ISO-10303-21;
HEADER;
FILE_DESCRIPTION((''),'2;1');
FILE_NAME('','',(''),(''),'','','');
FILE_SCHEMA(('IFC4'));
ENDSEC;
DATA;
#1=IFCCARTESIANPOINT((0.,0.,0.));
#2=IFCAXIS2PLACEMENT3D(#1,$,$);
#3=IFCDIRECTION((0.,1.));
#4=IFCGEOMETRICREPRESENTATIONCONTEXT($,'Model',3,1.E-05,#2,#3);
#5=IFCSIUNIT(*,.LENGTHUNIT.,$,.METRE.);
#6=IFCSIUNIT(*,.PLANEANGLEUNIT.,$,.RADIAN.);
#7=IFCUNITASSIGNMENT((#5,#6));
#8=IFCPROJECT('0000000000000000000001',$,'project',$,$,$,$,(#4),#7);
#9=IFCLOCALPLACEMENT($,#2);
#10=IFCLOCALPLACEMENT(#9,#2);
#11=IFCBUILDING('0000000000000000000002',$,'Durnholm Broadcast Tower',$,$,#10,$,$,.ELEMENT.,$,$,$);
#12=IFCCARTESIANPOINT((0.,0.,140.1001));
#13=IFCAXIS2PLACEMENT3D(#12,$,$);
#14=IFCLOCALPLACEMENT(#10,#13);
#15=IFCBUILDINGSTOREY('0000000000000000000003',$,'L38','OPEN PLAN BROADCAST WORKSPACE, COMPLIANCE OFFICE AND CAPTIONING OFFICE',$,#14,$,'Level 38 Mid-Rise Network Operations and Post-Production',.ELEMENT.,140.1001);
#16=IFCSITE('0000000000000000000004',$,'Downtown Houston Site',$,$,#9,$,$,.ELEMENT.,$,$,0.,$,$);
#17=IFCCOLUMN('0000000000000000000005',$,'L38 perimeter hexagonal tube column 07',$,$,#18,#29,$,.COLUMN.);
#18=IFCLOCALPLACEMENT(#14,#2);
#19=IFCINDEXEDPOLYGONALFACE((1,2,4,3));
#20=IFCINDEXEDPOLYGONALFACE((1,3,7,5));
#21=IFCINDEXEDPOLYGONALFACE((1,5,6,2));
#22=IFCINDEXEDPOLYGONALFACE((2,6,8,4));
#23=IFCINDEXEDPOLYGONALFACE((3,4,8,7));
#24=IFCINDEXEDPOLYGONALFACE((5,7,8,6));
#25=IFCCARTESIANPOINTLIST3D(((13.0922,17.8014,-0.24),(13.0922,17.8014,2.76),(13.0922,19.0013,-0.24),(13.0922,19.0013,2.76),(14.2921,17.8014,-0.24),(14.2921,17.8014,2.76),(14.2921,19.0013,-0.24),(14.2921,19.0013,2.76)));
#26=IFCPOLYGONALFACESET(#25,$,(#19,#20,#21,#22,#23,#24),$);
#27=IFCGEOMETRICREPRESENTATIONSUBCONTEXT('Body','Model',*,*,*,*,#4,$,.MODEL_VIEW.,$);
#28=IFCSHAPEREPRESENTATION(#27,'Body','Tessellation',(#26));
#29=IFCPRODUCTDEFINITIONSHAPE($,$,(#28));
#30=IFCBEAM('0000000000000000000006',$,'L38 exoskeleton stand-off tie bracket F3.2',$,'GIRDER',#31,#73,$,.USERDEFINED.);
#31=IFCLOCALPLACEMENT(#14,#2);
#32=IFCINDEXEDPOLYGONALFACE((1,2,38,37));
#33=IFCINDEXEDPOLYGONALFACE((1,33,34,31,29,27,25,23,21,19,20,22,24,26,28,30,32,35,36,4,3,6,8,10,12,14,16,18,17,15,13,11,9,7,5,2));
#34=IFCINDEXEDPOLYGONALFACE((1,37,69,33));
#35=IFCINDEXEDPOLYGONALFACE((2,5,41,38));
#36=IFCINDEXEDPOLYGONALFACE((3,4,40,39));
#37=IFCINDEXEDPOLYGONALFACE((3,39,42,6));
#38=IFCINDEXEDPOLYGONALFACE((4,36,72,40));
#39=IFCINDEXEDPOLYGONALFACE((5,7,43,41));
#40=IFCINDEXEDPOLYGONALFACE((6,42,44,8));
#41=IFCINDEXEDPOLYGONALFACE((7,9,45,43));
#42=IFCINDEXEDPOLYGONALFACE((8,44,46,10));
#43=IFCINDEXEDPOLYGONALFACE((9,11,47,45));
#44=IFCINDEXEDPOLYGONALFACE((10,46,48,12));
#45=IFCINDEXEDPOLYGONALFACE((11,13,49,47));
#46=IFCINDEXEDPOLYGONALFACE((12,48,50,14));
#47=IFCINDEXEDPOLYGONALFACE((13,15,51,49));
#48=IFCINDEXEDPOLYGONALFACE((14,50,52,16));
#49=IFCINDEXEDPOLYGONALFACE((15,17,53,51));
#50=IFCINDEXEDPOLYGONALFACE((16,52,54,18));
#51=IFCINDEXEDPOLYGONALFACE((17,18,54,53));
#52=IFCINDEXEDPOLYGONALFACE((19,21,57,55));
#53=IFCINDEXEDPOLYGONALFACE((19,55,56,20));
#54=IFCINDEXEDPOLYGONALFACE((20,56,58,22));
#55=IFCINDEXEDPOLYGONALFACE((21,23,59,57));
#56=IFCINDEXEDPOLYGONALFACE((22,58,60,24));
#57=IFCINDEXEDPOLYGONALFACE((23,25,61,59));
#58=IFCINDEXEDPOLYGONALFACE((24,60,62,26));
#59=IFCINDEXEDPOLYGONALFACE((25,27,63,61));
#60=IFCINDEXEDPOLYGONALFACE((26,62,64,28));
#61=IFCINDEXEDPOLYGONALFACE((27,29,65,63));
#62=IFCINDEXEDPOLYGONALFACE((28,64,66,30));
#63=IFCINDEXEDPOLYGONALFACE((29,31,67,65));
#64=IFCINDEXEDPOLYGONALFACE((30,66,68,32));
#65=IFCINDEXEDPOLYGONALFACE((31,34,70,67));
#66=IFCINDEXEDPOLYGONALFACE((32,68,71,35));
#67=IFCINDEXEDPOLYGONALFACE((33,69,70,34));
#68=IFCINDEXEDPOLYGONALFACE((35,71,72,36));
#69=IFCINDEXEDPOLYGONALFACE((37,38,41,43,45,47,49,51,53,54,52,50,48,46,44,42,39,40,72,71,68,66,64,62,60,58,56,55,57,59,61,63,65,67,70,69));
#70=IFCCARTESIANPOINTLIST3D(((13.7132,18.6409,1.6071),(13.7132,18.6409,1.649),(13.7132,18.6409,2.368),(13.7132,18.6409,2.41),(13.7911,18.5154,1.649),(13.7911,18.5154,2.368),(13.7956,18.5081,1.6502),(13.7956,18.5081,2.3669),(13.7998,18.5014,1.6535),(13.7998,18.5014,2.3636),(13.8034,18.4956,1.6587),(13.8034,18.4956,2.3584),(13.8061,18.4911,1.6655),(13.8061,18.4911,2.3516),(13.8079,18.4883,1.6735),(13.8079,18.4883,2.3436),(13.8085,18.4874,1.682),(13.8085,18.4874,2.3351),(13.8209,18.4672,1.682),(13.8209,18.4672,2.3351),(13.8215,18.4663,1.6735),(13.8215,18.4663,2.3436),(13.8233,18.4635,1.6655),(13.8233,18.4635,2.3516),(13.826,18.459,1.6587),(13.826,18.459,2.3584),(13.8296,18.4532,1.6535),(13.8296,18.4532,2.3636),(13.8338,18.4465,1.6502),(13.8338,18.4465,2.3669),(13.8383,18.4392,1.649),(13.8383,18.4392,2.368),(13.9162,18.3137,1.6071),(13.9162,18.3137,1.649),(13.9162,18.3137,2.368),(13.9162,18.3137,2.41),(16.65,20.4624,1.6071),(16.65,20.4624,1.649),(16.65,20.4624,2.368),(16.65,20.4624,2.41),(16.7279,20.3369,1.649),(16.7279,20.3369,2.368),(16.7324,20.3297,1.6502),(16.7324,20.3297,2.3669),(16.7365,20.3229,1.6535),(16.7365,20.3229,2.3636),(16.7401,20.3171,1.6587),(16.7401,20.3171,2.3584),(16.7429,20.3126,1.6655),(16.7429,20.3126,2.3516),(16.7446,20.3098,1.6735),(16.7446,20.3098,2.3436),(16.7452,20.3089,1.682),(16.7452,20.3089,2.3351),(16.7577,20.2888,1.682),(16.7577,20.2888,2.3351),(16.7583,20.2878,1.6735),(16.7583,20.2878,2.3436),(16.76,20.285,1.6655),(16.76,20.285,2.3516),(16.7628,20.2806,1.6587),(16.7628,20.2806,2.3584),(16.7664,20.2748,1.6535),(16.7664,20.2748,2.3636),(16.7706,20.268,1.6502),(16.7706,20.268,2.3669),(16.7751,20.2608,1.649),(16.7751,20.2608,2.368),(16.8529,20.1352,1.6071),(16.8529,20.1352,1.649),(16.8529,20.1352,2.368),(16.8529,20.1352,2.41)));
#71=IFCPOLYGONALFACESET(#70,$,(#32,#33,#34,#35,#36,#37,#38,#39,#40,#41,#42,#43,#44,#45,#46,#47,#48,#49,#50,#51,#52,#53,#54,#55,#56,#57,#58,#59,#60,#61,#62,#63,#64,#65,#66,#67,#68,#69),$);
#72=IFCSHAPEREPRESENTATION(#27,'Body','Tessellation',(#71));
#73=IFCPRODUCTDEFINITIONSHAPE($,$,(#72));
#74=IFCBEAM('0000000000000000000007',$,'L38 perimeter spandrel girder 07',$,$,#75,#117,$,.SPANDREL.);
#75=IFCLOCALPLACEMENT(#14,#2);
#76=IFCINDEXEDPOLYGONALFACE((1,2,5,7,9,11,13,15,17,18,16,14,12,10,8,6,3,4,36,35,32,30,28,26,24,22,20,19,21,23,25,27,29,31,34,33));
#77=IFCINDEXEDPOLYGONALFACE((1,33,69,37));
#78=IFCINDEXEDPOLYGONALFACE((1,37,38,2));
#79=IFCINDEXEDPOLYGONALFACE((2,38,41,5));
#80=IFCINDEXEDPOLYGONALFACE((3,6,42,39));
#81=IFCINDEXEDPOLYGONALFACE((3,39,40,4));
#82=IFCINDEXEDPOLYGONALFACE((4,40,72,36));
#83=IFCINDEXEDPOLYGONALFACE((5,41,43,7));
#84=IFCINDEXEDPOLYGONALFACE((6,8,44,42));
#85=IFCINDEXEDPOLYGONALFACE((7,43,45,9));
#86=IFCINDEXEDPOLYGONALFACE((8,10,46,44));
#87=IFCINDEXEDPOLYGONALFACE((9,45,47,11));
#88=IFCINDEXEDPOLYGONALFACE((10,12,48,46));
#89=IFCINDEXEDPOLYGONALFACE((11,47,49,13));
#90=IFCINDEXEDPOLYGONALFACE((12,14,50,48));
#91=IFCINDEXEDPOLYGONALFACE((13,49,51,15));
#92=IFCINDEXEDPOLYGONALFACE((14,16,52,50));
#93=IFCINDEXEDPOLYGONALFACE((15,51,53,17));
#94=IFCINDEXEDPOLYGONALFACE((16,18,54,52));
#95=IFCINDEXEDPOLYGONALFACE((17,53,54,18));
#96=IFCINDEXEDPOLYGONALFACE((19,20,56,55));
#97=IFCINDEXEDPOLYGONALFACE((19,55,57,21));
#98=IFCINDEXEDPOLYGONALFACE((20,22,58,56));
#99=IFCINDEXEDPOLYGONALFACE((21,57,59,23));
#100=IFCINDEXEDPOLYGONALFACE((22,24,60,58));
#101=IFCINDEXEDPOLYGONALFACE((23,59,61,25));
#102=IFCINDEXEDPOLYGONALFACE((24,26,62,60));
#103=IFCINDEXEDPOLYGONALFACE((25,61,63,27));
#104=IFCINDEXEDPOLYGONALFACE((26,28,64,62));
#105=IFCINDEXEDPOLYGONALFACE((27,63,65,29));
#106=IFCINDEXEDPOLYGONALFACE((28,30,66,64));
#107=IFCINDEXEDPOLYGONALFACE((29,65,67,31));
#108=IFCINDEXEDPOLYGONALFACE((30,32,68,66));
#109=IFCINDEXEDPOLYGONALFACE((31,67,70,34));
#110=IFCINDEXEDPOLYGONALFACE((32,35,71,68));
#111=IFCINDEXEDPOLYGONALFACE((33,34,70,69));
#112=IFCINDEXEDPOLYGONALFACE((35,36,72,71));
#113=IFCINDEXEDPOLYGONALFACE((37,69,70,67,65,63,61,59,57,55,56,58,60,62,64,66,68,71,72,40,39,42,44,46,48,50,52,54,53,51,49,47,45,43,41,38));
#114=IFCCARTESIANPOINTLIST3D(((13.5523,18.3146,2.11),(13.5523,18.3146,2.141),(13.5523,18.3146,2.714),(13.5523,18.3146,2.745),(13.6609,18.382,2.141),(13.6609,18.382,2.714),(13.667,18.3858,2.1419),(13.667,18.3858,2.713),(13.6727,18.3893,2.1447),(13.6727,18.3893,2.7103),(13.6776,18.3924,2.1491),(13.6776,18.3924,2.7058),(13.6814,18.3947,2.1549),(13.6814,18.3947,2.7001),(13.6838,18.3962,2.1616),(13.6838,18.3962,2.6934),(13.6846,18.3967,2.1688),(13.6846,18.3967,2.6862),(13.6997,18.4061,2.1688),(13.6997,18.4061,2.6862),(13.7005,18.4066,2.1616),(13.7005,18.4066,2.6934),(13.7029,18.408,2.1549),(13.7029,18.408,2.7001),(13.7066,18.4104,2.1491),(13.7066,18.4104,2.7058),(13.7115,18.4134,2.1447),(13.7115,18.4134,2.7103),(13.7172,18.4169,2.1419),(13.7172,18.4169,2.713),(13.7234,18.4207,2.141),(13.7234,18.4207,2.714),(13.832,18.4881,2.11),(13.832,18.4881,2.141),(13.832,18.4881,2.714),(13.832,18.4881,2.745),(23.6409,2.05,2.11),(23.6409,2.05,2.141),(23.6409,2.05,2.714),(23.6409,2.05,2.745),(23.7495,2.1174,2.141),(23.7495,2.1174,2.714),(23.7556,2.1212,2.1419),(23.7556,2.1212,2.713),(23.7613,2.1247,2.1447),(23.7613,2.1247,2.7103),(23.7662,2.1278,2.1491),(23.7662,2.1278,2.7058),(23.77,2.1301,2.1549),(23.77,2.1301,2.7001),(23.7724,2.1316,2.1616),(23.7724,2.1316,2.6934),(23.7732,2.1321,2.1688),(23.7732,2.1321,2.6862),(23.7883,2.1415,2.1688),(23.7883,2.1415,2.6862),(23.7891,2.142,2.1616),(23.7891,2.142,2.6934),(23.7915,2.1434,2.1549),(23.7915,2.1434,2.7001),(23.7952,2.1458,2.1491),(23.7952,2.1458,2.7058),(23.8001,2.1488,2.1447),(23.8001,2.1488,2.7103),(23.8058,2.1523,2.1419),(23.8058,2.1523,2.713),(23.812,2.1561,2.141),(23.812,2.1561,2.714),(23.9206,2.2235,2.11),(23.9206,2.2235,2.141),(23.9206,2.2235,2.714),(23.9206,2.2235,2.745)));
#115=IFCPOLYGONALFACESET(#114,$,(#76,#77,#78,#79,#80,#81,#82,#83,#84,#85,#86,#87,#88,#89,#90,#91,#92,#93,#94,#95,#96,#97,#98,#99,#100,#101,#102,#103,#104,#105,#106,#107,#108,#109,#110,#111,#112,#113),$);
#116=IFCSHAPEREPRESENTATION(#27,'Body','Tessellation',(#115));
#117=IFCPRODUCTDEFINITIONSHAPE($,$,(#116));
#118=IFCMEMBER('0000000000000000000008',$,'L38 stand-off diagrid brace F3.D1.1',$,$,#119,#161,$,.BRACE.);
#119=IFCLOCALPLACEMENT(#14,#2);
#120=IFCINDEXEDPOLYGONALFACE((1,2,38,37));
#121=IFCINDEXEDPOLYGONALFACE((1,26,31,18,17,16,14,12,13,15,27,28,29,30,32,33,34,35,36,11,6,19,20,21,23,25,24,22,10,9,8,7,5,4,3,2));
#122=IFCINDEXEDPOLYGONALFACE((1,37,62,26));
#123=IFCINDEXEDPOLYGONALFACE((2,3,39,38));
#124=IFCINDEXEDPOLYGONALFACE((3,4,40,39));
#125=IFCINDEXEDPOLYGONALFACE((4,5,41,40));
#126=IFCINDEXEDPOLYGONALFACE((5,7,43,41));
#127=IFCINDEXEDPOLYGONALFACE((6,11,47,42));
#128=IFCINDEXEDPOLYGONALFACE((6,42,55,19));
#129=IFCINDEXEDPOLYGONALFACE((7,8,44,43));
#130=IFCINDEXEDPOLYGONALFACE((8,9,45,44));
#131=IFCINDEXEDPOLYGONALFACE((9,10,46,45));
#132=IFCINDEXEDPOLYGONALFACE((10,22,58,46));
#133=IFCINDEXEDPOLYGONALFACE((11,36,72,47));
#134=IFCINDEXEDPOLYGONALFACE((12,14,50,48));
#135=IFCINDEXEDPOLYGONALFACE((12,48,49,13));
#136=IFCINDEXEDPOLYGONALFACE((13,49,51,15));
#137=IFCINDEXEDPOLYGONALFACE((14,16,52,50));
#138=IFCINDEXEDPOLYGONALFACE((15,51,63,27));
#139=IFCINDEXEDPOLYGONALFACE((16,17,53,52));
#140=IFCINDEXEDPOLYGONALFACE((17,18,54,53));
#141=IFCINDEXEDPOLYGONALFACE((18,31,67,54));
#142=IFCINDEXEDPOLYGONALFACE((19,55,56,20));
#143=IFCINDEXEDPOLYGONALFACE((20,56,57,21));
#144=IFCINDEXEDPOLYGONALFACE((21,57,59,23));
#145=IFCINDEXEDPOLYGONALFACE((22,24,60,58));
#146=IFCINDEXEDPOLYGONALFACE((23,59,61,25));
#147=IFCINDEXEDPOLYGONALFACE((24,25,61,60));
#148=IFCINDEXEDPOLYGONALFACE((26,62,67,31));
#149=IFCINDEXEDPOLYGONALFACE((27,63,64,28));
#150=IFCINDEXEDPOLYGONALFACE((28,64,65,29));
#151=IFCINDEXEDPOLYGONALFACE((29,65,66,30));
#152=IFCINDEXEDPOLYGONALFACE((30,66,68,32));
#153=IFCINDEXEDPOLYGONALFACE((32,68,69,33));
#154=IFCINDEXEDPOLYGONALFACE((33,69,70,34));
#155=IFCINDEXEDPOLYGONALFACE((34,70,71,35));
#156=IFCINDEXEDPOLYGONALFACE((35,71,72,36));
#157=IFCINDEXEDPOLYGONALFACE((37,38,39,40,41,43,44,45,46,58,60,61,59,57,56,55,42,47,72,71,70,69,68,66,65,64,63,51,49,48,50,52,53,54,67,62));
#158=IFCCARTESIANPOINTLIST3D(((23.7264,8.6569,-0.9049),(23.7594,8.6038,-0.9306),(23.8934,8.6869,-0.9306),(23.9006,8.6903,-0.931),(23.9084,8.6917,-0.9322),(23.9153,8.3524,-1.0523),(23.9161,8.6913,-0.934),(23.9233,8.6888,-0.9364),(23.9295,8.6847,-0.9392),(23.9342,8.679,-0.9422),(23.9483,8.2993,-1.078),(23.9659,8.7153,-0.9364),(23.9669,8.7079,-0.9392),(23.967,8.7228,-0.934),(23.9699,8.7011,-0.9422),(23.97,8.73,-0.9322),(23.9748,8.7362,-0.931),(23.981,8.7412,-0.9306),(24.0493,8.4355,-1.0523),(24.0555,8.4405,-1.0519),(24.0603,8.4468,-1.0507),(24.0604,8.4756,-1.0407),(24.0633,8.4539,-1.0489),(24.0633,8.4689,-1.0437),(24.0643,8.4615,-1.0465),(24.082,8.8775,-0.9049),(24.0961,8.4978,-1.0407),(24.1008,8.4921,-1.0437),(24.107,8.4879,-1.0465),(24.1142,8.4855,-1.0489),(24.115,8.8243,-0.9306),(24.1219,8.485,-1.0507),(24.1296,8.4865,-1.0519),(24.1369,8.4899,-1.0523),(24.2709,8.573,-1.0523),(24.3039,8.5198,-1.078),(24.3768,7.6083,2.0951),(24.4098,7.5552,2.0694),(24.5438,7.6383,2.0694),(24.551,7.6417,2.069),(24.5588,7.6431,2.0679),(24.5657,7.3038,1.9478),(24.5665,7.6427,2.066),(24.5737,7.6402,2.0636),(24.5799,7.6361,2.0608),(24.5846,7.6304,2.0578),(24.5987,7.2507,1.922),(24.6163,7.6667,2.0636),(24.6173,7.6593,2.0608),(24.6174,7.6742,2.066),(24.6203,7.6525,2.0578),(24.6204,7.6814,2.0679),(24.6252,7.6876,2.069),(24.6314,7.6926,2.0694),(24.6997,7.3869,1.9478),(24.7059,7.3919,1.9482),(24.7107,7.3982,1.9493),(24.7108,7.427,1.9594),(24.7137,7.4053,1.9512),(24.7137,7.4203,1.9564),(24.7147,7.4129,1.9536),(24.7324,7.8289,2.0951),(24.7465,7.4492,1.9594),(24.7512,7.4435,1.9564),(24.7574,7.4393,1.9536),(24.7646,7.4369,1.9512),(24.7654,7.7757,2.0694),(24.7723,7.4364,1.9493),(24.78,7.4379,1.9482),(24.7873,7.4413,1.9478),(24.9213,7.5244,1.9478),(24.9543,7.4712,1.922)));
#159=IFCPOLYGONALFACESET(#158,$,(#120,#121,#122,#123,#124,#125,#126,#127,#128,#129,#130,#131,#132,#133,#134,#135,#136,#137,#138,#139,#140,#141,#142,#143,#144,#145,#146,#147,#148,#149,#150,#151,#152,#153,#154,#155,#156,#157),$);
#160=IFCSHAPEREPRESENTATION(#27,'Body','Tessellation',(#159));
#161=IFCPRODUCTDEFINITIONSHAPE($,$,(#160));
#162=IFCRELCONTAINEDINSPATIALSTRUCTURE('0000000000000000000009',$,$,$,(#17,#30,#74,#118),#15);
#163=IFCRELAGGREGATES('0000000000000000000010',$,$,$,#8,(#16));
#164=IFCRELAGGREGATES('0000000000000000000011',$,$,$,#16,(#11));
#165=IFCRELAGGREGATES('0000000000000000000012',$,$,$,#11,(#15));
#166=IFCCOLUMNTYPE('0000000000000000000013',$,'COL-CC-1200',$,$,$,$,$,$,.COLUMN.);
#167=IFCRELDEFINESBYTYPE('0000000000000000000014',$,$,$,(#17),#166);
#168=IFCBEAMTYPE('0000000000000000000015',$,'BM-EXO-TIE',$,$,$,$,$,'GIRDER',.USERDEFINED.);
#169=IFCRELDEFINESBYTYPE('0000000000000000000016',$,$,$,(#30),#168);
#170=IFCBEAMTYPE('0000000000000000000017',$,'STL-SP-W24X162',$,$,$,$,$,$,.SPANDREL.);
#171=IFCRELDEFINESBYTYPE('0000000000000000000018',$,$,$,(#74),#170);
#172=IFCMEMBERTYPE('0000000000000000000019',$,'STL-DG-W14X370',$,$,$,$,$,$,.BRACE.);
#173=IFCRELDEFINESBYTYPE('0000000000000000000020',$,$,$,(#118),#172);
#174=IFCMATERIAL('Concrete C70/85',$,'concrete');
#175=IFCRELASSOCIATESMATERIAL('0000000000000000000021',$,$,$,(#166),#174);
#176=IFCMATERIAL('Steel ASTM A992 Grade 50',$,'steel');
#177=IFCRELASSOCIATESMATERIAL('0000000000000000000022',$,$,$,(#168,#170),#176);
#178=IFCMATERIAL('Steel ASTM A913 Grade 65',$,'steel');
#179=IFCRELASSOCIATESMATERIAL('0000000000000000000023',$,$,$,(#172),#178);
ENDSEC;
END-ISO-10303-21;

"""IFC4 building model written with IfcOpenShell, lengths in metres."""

from ifc_helpers import new_model, si_unit, direction, frame, origin, origin_2d, place, context, subcontext, project, spatial, rectangle, i_section, extrude, source, transform, mapped, material, material_profile, profile_set, type_object, type_shapes, element, save


model = new_model("IFC4")

# Units and contexts
model_context = context("Model", 3, precision=1e-05, world=origin(), true_north=direction((0.0, 1.0)))
body_context = subcontext(model_context, "Body", "Model", "MODEL_VIEW")
ifc_project = project(units=[si_unit("LENGTHUNIT", "METRE"), si_unit("PLANEANGLEUNIT", "RADIAN")], contexts=[model_context])

# Site, building, storey
site_placement = place(None, origin())
site = spatial("IfcSite", under=ifc_project, at=site_placement, Name="Downtown Houston Site", CompositionType="ELEMENT", RefElevation=0.0)
building_placement = place(site_placement, origin())
building = spatial("IfcBuilding", under=site, at=building_placement, Name="Durnholm Broadcast Tower", CompositionType="ELEMENT")
storey_placement = place(building_placement, frame((0.0, 0.0, 140.1001)))
storey = spatial("IfcBuildingStorey", under=building, at=storey_placement, Name="L38", Description="OPEN PLAN BROADCAST WORKSPACE, COMPLIANCE OFFICE AND CAPTIONING OFFICE", LongName="Level 38 Mid-Rise Network Operations and Post-Production", CompositionType="ELEMENT", Elevation=140.1001)

# Column
ifc_material_1 = material(Name="Concrete C70/85", Category="concrete")
ifc_material_profile_1 = material_profile(ifc_material_1, rectangle(XDim=1.2, YDim=1.2, at=origin_2d()), Name="RC1200X1200")
ifc_profile_set_1 = profile_set([ifc_material_profile_1], Name="Concrete C70/85")
column_type = type_object("IfcColumnType", Name="COL-CC-1200", PredefinedType="COLUMN", material=ifc_profile_set_1)
shared_shape_1 = source(origin(), body_context, "Body", "SweptSolid", [
    extrude(rectangle(XDim=1.2, YDim=1.2, at=origin_2d()), origin(), (0.0, 0.0, 1.0), 3.0),
])
type_shapes(column_type, [shared_shape_1])
column_placement = place(storey_placement, frame((13.6921, 18.4014, -0.24), z_axis=(0.0, 0.0, 1.0), x_axis=(1.0, 0.0, 0.0)))
element("IfcColumn", 1, at=column_placement, inside=storey, type_object=column_type, Name="L38 perimeter hexagonal tube column 07", PredefinedType="COLUMN", context=body_context, shape_type="MappedRepresentation", body=[
    mapped(shared_shape_1, transform((0.0, 0.0, 0.0), x_axis=(1.0, 0.0, 0.0), y_axis=(0.0, 1.0, 0.0), z_axis=(0.0, 0.0, 1.0), scale=1.0)),
])

# Beams
ifc_material_2 = material(Name="Steel ASTM A992 Grade 50", Category="steel")
ifc_material_profile_2 = material_profile(ifc_material_2, i_section(OverallWidth=0.385, OverallDepth=0.803, WebThickness=0.0237, FlangeThickness=0.042, FilletRadius=0.033, at=origin_2d()), Name="W30X261")
ifc_profile_set_2 = profile_set([ifc_material_profile_2], Name="Steel ASTM A992 Grade 50")
beam_type_1 = type_object("IfcBeamType", Name="BM-EXO-TIE", ElementType="GIRDER", PredefinedType="USERDEFINED", material=ifc_profile_set_2)
shared_shape_2 = source(origin(), body_context, "Body", "SweptSolid", [
    extrude(i_section(OverallWidth=0.385, OverallDepth=0.803, WebThickness=0.0237, FlangeThickness=0.042, FilletRadius=0.033, at=origin_2d()), origin(), (0.0, 0.0, 1.0), 3.4558),
])
type_shapes(beam_type_1, [shared_shape_2])
beam_1_placement = place(storey_placement, frame((13.8147, 18.4773, 2.0085), z_axis=(0.849807, 0.527094, 0.0), x_axis=(-0.527094, 0.849807, 0.0)))
element("IfcBeam", 2, at=beam_1_placement, inside=storey, type_object=beam_type_1, Name="L38 exoskeleton stand-off tie bracket F3.2", ObjectType="GIRDER", PredefinedType="USERDEFINED", context=body_context, shape_type="MappedRepresentation", body=[
    mapped(shared_shape_2, transform((0.0, 0.0, 0.0), x_axis=(1.0, 0.0, 0.0), y_axis=(0.0, 1.0, 0.0), z_axis=(0.0, 0.0, 1.0), scale=1.0)),
])
ifc_material_profile_3 = material_profile(ifc_material_2, i_section(OverallWidth=0.3291, OverallDepth=0.635, WebThickness=0.0178, FlangeThickness=0.031, FilletRadius=0.0278, at=origin_2d()), Name="W24X162")
ifc_profile_set_3 = profile_set([ifc_material_profile_3], Name="Steel ASTM A992 Grade 50")
beam_type_2 = type_object("IfcBeamType", Name="STL-SP-W24X162", PredefinedType="SPANDREL", material=ifc_profile_set_3)
shared_shape_3 = source(origin(), body_context, "Body", "SweptSolid", [
    extrude(i_section(OverallWidth=0.3291, OverallDepth=0.635, WebThickness=0.0178, FlangeThickness=0.031, FilletRadius=0.0278, at=origin_2d()), origin(), (0.0, 0.0, 1.0), 19.1394),
])
type_shapes(beam_type_2, [shared_shape_3])
beam_2_placement = place(storey_placement, frame((13.6921, 18.4014, 2.4275), z_axis=(0.527111, -0.849796, 0.0), x_axis=(0.849796, 0.527111, 0.0)))
element("IfcBeam", 3, at=beam_2_placement, inside=storey, type_object=beam_type_2, Name="L38 perimeter spandrel girder 07", PredefinedType="SPANDREL", context=body_context, shape_type="MappedRepresentation", body=[
    mapped(shared_shape_3, transform((0.0, 0.0, 0.0), x_axis=(1.0, 0.0, 0.0), y_axis=(0.0, 1.0, 0.0), z_axis=(0.0, 0.0, 1.0), scale=1.0)),
])

# Member
ifc_material_3 = material(Name="Steel ASTM A913 Grade 65", Category="steel")
ifc_material_profile_4 = material_profile(ifc_material_3, i_section(OverallWidth=0.4185, OverallDepth=0.4551, WebThickness=0.042, FlangeThickness=0.0676, FilletRadius=0.0305, at=origin_2d()), Name="W14X370")
ifc_profile_set_4 = profile_set([ifc_material_profile_4], Name="Steel ASTM A913 Grade 65")
member_type_1 = type_object("IfcMemberType", Name="STL-DG-W14X370", PredefinedType="BRACE", material=ifc_profile_set_4)
shared_shape_4 = source(origin(), body_context, "Body", "SweptSolid", [
    extrude(i_section(OverallWidth=0.4185, OverallDepth=0.4551, WebThickness=0.042, FlangeThickness=0.0676, FilletRadius=0.0305, at=origin_2d()), origin(), (0.0, 0.0, 1.0), 3.2439),
])
for number, where, z_axis, x_axis, name in (
    (4, (24.0151, 8.5884, -0.9915), (0.2005, -0.323253, 0.924828), (0.849805, 0.527097, 0.0), "L38 stand-off diagrid brace F3.D1.1"),
):
    element("IfcMember", number, at=place(storey_placement, frame(where, z_axis=z_axis, x_axis=x_axis)), inside=storey, type_object=member_type_1, Name=name, PredefinedType="BRACE", context=body_context, shape_type="MappedRepresentation", body=[
        mapped(shared_shape_4, transform((0.0, 0.0, 0.0), x_axis=(1.0, 0.0, 0.0), y_axis=(0.0, 1.0, 0.0), z_axis=(0.0, 0.0, 1.0), scale=1.0)),
    ])

save(model, "model.ifc")
